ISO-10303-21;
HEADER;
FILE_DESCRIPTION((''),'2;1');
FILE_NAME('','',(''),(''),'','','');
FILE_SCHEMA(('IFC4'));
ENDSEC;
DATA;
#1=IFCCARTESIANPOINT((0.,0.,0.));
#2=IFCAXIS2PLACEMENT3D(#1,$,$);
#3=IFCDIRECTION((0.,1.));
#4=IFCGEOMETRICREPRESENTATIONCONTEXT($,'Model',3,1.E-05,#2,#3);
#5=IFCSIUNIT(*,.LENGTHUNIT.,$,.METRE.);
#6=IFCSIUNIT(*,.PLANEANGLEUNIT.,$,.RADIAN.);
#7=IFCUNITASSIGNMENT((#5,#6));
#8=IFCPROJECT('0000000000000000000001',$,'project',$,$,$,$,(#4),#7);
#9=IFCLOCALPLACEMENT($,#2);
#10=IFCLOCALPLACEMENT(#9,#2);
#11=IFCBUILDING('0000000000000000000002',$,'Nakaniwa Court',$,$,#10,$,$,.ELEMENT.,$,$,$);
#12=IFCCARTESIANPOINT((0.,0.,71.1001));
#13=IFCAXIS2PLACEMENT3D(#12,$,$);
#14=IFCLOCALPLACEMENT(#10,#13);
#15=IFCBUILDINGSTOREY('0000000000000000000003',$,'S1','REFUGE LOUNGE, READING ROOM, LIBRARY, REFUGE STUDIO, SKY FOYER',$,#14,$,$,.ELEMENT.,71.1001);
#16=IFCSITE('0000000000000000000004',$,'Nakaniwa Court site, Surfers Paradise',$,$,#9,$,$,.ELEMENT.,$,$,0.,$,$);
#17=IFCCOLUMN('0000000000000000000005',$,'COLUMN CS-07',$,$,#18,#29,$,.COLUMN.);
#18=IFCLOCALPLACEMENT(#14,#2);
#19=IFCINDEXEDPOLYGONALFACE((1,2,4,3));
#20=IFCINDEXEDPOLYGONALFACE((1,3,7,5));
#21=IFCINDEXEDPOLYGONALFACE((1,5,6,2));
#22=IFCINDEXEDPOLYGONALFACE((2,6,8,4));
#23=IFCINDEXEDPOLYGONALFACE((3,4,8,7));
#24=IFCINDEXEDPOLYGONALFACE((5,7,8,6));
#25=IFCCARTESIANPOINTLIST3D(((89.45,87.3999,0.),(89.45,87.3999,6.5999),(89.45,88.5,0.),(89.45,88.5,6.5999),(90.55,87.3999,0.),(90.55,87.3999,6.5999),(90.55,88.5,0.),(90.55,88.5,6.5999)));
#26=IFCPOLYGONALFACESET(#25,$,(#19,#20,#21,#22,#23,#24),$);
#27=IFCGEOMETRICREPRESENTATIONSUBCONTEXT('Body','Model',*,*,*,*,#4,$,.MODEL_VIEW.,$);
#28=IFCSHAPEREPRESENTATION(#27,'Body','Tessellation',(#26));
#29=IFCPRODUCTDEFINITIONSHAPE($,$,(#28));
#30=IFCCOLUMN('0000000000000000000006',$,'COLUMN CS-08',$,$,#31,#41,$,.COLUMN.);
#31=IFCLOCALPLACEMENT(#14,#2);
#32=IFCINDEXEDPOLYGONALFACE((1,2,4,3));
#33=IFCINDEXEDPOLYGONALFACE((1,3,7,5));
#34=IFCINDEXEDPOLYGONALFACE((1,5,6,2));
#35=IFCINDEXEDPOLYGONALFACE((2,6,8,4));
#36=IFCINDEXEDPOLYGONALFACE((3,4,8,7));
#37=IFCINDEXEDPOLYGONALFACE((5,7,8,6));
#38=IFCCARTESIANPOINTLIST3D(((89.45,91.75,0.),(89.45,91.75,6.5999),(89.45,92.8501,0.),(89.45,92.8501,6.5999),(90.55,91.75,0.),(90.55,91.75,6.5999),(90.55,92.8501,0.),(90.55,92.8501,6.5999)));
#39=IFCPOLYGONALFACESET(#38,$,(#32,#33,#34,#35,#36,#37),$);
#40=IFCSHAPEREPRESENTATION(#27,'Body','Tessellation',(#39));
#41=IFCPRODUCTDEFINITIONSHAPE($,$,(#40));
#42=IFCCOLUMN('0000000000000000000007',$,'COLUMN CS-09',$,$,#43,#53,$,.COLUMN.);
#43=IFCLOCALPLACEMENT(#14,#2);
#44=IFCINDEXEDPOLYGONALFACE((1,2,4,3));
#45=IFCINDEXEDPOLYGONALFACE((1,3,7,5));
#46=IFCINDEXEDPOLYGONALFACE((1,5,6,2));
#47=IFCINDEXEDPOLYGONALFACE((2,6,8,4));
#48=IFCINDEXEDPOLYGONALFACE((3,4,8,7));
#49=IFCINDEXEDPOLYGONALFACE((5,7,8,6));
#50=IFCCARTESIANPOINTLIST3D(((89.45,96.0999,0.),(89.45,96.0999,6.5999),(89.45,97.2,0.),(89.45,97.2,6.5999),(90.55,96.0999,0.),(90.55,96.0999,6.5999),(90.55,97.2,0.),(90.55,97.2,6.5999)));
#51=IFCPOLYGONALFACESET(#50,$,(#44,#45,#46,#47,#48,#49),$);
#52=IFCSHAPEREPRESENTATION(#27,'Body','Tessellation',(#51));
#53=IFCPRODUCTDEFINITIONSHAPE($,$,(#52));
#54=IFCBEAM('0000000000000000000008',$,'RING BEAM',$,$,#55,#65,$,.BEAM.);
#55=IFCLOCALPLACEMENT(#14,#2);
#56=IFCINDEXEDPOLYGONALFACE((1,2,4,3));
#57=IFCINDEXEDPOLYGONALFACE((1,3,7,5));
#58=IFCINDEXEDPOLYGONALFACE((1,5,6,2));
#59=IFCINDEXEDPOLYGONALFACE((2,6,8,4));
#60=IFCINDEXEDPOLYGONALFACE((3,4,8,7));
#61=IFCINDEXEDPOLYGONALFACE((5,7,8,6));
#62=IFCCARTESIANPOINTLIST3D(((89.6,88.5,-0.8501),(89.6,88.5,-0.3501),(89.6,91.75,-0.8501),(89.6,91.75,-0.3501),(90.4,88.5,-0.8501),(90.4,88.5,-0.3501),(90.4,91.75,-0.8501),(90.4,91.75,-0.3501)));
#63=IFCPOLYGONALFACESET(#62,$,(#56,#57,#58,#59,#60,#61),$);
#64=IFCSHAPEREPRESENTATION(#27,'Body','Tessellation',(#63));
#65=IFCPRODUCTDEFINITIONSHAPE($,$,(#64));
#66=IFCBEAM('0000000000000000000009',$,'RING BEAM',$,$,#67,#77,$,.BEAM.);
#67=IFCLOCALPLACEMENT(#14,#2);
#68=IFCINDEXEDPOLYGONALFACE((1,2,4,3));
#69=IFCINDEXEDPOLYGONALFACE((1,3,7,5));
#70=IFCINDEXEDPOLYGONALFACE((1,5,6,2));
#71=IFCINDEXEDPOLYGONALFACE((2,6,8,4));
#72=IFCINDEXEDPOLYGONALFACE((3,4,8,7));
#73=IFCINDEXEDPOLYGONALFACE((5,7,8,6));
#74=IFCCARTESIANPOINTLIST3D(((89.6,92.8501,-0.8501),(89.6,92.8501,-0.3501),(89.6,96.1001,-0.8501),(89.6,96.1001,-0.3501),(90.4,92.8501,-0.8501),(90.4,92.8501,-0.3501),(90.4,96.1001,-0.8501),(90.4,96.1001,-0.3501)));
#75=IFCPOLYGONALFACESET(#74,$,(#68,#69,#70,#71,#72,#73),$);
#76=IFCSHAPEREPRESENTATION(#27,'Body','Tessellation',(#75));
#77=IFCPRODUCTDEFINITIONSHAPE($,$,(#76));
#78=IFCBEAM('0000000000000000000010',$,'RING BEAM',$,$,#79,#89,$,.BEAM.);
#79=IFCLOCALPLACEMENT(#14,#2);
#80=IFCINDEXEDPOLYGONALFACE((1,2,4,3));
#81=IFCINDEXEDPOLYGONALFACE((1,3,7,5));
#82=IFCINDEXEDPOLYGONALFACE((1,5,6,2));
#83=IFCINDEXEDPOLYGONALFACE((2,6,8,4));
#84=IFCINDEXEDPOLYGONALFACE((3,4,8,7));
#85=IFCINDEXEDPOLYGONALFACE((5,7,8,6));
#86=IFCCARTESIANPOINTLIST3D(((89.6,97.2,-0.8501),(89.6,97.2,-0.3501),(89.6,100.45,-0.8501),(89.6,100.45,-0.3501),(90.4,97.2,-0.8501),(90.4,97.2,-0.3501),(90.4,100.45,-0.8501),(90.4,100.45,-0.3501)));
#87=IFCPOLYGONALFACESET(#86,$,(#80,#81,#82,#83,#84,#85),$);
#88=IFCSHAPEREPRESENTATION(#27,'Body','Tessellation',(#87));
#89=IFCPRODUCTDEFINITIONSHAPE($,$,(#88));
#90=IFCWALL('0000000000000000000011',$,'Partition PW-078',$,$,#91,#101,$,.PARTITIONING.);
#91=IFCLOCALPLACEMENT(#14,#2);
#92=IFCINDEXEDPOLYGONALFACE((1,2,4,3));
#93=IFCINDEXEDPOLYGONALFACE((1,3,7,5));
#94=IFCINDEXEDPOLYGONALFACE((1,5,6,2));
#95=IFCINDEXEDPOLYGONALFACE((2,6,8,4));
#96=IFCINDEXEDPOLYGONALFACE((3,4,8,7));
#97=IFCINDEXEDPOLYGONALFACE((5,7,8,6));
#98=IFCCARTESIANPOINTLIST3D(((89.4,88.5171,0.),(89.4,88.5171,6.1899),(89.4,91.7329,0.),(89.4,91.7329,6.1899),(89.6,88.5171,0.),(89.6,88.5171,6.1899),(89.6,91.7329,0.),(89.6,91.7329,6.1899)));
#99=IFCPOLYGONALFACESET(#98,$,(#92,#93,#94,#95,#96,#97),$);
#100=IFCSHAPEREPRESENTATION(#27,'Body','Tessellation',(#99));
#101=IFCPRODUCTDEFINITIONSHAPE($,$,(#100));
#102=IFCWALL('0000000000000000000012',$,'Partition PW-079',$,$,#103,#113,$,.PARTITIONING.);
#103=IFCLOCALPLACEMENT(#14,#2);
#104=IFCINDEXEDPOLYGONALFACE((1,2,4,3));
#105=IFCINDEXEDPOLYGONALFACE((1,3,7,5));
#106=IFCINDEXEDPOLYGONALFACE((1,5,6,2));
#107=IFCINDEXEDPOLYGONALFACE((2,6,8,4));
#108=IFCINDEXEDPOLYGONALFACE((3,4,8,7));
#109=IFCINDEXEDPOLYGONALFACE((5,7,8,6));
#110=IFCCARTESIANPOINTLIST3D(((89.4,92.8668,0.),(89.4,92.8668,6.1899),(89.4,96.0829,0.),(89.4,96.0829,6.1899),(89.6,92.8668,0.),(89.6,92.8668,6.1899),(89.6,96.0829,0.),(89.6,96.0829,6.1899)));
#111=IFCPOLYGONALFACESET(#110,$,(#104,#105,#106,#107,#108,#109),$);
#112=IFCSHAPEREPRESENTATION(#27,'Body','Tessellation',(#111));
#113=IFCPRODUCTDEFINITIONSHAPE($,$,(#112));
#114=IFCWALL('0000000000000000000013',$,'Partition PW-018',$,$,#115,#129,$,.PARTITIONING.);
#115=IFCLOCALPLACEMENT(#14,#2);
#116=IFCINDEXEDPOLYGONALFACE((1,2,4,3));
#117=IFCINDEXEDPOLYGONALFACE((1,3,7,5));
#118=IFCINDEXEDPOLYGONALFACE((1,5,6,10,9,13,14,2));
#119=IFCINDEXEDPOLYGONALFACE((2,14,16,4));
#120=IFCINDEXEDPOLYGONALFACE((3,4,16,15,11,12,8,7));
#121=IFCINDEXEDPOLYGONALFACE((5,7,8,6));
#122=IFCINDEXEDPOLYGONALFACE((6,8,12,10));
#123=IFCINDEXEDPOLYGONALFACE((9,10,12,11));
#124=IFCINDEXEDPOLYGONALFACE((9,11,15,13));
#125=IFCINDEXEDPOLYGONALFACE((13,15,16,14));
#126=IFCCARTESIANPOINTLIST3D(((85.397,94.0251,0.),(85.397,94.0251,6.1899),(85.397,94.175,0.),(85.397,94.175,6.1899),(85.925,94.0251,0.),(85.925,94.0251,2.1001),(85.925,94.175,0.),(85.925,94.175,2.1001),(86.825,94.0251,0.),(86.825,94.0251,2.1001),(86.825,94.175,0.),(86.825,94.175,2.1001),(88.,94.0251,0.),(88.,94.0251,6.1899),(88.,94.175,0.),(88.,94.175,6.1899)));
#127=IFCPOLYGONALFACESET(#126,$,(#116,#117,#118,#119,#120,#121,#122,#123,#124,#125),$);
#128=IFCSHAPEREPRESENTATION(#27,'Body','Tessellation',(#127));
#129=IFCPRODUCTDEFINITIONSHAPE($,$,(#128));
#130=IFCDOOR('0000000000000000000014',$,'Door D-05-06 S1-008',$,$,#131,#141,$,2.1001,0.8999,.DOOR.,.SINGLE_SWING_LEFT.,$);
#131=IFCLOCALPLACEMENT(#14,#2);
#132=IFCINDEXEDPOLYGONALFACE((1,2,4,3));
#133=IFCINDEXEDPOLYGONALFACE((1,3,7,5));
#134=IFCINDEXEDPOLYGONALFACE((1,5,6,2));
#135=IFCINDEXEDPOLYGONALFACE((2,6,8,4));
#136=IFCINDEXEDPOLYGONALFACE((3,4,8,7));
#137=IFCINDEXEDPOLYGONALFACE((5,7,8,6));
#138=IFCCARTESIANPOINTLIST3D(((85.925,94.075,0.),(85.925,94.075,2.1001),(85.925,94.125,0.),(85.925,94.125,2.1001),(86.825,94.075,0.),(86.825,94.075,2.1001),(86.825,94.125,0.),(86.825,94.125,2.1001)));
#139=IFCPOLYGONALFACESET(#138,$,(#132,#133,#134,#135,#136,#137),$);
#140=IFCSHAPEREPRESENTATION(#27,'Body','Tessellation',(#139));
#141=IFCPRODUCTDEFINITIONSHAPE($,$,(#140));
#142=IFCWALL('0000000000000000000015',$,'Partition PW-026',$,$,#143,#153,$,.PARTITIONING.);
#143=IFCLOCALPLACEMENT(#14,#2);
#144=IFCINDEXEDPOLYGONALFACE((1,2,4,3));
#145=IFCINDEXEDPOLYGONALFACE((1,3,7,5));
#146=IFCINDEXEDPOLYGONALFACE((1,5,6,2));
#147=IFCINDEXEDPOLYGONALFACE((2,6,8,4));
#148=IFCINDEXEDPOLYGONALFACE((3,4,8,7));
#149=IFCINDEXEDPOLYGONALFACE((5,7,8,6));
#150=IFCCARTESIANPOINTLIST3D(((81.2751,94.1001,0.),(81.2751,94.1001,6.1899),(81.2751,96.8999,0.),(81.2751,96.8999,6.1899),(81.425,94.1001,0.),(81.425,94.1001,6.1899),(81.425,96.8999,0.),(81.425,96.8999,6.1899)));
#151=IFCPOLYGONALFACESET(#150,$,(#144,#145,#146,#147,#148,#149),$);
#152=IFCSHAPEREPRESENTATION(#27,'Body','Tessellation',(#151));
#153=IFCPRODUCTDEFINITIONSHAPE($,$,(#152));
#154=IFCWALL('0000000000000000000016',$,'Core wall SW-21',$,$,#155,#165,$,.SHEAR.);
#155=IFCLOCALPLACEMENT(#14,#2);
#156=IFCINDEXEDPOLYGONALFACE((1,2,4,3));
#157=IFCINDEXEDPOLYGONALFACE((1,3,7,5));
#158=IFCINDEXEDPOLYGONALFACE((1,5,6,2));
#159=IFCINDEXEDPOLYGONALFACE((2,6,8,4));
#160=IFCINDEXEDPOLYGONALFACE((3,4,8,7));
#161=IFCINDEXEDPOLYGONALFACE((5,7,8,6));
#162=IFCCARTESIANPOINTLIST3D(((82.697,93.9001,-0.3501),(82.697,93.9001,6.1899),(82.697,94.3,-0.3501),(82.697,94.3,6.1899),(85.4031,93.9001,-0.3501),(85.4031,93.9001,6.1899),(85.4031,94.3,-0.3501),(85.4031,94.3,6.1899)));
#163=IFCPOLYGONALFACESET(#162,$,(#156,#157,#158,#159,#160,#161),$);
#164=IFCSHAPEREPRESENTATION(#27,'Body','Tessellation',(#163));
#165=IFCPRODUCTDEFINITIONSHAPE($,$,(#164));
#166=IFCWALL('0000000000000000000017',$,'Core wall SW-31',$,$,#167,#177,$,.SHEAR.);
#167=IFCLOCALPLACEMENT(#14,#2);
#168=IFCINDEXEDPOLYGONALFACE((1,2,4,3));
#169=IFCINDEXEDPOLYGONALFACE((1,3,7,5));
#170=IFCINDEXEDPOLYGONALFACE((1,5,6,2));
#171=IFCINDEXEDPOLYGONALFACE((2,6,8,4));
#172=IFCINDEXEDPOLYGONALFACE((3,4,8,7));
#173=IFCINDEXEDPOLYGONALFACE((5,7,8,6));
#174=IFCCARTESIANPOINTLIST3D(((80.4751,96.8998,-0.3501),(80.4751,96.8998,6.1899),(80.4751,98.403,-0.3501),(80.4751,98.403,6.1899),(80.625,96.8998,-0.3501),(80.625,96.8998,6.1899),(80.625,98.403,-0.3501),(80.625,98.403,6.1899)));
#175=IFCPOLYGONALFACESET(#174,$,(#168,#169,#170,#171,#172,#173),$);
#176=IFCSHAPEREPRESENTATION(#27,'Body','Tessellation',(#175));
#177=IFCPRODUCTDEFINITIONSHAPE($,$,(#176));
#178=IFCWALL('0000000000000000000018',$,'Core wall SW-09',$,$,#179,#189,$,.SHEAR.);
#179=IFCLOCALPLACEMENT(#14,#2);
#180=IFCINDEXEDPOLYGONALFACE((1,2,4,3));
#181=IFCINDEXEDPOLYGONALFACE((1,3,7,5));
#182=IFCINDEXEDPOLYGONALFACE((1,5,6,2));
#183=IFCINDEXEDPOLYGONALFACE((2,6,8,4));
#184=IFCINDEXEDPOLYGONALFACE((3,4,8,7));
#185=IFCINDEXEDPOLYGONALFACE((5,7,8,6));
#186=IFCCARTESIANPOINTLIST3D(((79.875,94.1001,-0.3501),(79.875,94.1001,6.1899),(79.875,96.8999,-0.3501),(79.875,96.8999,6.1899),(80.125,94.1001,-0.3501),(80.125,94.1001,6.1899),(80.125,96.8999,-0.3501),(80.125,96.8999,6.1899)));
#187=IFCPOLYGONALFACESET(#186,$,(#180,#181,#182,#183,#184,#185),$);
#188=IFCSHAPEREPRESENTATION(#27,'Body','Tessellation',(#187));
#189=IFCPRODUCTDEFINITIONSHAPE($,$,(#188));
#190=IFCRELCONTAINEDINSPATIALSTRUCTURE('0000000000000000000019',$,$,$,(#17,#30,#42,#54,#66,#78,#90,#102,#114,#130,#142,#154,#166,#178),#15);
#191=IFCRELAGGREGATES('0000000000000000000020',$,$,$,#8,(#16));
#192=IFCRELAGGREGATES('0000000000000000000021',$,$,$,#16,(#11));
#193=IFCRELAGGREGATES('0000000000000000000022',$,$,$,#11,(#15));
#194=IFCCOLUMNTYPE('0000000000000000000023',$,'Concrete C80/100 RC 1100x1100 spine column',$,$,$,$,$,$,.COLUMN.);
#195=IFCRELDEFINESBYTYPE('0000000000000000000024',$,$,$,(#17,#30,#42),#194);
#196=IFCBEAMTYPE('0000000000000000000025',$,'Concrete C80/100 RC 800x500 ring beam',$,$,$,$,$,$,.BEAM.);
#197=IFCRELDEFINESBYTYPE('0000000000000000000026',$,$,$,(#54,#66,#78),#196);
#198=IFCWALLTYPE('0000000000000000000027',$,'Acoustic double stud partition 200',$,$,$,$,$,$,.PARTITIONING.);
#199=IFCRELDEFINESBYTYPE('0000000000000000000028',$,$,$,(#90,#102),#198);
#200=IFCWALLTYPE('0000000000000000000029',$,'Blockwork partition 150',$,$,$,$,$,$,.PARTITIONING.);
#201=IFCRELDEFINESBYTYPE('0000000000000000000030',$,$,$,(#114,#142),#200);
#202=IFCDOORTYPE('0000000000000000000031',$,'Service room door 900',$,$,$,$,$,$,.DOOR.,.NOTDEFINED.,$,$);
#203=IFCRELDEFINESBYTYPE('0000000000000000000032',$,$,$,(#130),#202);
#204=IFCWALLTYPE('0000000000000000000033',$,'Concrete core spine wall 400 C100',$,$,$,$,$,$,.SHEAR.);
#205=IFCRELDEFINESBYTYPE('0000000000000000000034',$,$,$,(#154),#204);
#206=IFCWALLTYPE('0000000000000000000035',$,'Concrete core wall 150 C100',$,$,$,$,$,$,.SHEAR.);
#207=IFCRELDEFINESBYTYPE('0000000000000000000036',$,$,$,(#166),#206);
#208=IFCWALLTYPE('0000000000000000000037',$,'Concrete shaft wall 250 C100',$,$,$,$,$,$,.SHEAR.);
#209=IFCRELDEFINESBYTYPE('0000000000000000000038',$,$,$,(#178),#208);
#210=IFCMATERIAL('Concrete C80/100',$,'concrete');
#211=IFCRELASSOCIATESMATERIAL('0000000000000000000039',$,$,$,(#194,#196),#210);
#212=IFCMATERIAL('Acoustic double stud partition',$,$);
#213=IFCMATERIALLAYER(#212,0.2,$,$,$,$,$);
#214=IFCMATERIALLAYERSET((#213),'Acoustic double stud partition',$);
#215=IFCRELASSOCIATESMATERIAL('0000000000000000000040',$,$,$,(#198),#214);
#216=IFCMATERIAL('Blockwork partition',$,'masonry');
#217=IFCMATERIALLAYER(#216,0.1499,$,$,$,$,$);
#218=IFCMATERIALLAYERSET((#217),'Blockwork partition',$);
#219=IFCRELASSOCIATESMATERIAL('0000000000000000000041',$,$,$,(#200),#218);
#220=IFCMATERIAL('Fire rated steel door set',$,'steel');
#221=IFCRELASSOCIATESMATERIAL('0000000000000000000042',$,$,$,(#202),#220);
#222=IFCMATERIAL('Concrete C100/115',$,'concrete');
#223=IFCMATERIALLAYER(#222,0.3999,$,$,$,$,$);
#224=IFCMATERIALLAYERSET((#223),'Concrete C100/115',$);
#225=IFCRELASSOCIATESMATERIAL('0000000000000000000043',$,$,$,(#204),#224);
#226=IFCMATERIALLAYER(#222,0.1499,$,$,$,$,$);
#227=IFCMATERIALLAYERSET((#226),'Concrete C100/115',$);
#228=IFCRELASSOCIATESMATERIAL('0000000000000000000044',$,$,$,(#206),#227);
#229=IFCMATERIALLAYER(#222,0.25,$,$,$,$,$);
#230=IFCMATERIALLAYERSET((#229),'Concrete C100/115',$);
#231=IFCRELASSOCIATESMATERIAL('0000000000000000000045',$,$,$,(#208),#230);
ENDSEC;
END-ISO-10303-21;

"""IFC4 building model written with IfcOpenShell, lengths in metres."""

from ifc_helpers import new_model, si_unit, direction, frame, frame_2d, origin, origin_2d, place, context, subcontext, project, spatial, rectangle, extrude, material, layer, layer_set, material_profile, profile_set, type_object, element, fill, save


model = new_model("IFC4")

# Units and contexts
model_context = context("Model", 3, precision=1e-05, world=origin(), true_north=direction((0.0, 1.0)))
body_context = subcontext(model_context, "Body", "Model", "MODEL_VIEW")
ifc_project = project(units=[si_unit("LENGTHUNIT", "METRE"), si_unit("PLANEANGLEUNIT", "RADIAN")], contexts=[model_context])

# Site, building, storey
site_placement = place(None, origin())
site = spatial("IfcSite", under=ifc_project, at=site_placement, Name="Nakaniwa Court site, Surfers Paradise", CompositionType="ELEMENT", RefElevation=0.0)
building_placement = place(site_placement, origin())
building = spatial("IfcBuilding", under=site, at=building_placement, Name="Nakaniwa Court", CompositionType="ELEMENT")
storey_placement = place(building_placement, frame((0.0, 0.0, 71.1001)))
storey = spatial("IfcBuildingStorey", under=building, at=storey_placement, Name="S1", Description="REFUGE LOUNGE, READING ROOM, LIBRARY, REFUGE STUDIO, SKY FOYER", CompositionType="ELEMENT", Elevation=71.1001)

# Columns
ifc_material_1 = material(Name="Concrete C80/100", Category="concrete")
ifc_material_profile_1 = material_profile(ifc_material_1, rectangle(XDim=1.1001, YDim=1.1001, at=origin_2d()), Name="Concrete C80/100 RC 1100x1100 spine column")
ifc_profile_set_1 = profile_set([ifc_material_profile_1], Name="Concrete C80/100")
column_type = type_object("IfcColumnType", Name="Concrete C80/100 RC 1100x1100 spine column", PredefinedType="COLUMN", material=ifc_profile_set_1)
for number, where, z_axis, x_axis, name in (
    (1, (90.0, 87.95, 0.0), (0.0, 0.0, 1.0), (0.0, 1.0, 0.0), "COLUMN CS-07"),
    (2, (90.0, 92.3, 0.0), (0.0, 0.0, 1.0), (0.0, 1.0, 0.0), "COLUMN CS-08"),
    (3, (90.0, 96.6499, 0.0), (0.0, 0.0, 1.0), (0.0, 1.0, 0.0), "COLUMN CS-09"),
):
    element("IfcColumn", number, at=place(storey_placement, frame(where, z_axis=z_axis, x_axis=x_axis)), inside=storey, type_object=column_type, Name=name, PredefinedType="COLUMN", context=body_context, shape_type="SweptSolid", body=[
        extrude(rectangle(XDim=1.1001, YDim=1.1001, at=origin_2d()), origin(), (0.0, 0.0, 1.0), 6.5999),
    ])

# Beams
ifc_material_profile_2 = material_profile(ifc_material_1, rectangle(XDim=0.8, YDim=0.5, at=origin_2d()), Name="Concrete C80/100 RC 800x500 ring beam")
ifc_profile_set_2 = profile_set([ifc_material_profile_2], Name="Concrete C80/100")
beam_type = type_object("IfcBeamType", Name="Concrete C80/100 RC 800x500 ring beam", PredefinedType="BEAM", material=ifc_profile_set_2)
for number, where, z_axis, x_axis, name in (
    (4, (90.0, 88.5, -0.6001), (0.0, 1.0, 0.0), (-1.0, 0.0, 0.0), "RING BEAM"),
    (5, (90.0, 92.8501, -0.6001), (0.0, 1.0, 0.0), (-1.0, 0.0, 0.0), "RING BEAM"),
    (6, (90.0, 97.2, -0.6001), (0.0, 1.0, 0.0), (-1.0, 0.0, 0.0), "RING BEAM"),
):
    element("IfcBeam", number, at=place(storey_placement, frame(where, z_axis=z_axis, x_axis=x_axis)), inside=storey, type_object=beam_type, Name=name, PredefinedType="BEAM", context=body_context, shape_type="SweptSolid", body=[
        extrude(rectangle(XDim=0.8, YDim=0.5, at=origin_2d()), origin(), (0.0, 0.0, 1.0), 3.25),
    ])

# Walls
ifc_material_2 = material(Name="Acoustic double stud partition")
ifc_layer_1 = layer(ifc_material_2, 0.2)
ifc_layer_set_1 = layer_set([ifc_layer_1], Name="Acoustic double stud partition")
wall_type_1 = type_object("IfcWallType", Name="Acoustic double stud partition 200", PredefinedType="PARTITIONING", material=ifc_layer_set_1)
wall_1_placement = place(storey_placement, frame((89.5, 88.5171, 0.0), z_axis=(0.0, 0.0, 1.0), x_axis=(0.0, 1.0, 0.0)))
element("IfcWall", 7, at=wall_1_placement, inside=storey, type_object=wall_type_1, Name="Partition PW-078", PredefinedType="PARTITIONING", context=body_context, shape_type="SweptSolid", body=[
    extrude(rectangle(XDim=3.2158, YDim=0.2, at=frame_2d((1.6079, 0.0))), origin(), (0.0, 0.0, 1.0), 6.1899),
])
wall_2_placement = place(storey_placement, frame((89.5, 92.8669, 0.0), z_axis=(0.0, 0.0, 1.0), x_axis=(0.0, 1.0, 0.0)))
element("IfcWall", 8, at=wall_2_placement, inside=storey, type_object=wall_type_1, Name="Partition PW-079", PredefinedType="PARTITIONING", context=body_context, shape_type="SweptSolid", body=[
    extrude(rectangle(XDim=3.2161, YDim=0.2, at=frame_2d((1.6079, 0.0))), origin(), (0.0, 0.0, 1.0), 6.1899),
])

# Wall, opening, door
ifc_material_3 = material(Name="Blockwork partition", Category="masonry")
ifc_layer_2 = layer(ifc_material_3, 0.1499)
ifc_layer_set_2 = layer_set([ifc_layer_2], Name="Blockwork partition")
wall_type_2 = type_object("IfcWallType", Name="Blockwork partition 150", PredefinedType="PARTITIONING", material=ifc_layer_set_2)
wall_3_placement = place(storey_placement, frame((85.397, 94.1001, 0.0), z_axis=(0.0, 0.0, 1.0), x_axis=(1.0, 0.0, 0.0)))
wall_3 = element("IfcWall", 9, at=wall_3_placement, inside=storey, type_object=wall_type_2, Name="Partition PW-018", PredefinedType="PARTITIONING", context=body_context, shape_type="SweptSolid", body=[
    extrude(rectangle(XDim=2.603, YDim=0.1499, at=frame_2d((1.3015, 0.0))), origin(), (0.0, 0.0, 1.0), 6.1899),
])
opening_1_placement = place(wall_3_placement, frame((0.5281, 0.0, 0.0)))
opening_1 = element("IfcOpeningElement", 10, at=opening_1_placement, cuts=wall_3, PredefinedType="OPENING", context=body_context, shape_type="SweptSolid", body=[
    extrude(rectangle(XDim=0.8999, YDim=2.1001, at=frame_2d((0.45, 1.05))), frame((0.0, 0.085, 0.0), z_axis=(0.0, -1.0, 0.0), x_axis=(1.0, 0.0, 0.0)), (0.0, 0.0, 1.0), 0.1699),
])
ifc_material_4 = material(Name="Fire rated steel door set", Category="steel")
door_type_1 = type_object("IfcDoorType", Name="Service room door 900", OperationType="NOTDEFINED", PredefinedType="DOOR", material=ifc_material_4)
door_1_placement = place(opening_1_placement, origin())
door_1 = element("IfcDoor", 11, at=door_1_placement, inside=storey, type_object=door_type_1, Name="Door D-05-06 S1-008", OperationType="SINGLE_SWING_LEFT", OverallHeight=2.1001, OverallWidth=0.8999, PredefinedType="DOOR", context=body_context, shape_type="SweptSolid", body=[
    extrude(rectangle(XDim=0.8999, YDim=2.1001, at=frame_2d((0.45, 1.05))), frame((0.0, 0.0249, 0.0), z_axis=(0.0, -1.0, 0.0), x_axis=(1.0, 0.0, 0.0)), (0.0, 0.0, 1.0), 0.05),
])
fill(opening_1, door_1)

# Walls
wall_4_placement = place(storey_placement, frame((81.3501, 94.1001, 0.0), z_axis=(0.0, 0.0, 1.0), x_axis=(0.0, 1.0, 0.0)))
element("IfcWall", 12, at=wall_4_placement, inside=storey, type_object=wall_type_2, Name="Partition PW-026", PredefinedType="PARTITIONING", context=body_context, shape_type="SweptSolid", body=[
    extrude(rectangle(XDim=2.7998, YDim=0.1499, at=frame_2d((1.3999, 0.0))), origin(), (0.0, 0.0, 1.0), 6.1899),
])
ifc_material_5 = material(Name="Concrete C100/115", Category="concrete")
ifc_layer_3 = layer(ifc_material_5, 0.3999)
ifc_layer_set_3 = layer_set([ifc_layer_3], Name="Concrete C100/115")
wall_type_3 = type_object("IfcWallType", Name="Concrete core spine wall 400 C100", PredefinedType="SHEAR", material=ifc_layer_set_3)
wall_5_placement = place(storey_placement, frame((82.697, 94.1001, -0.3501), z_axis=(0.0, 0.0, 1.0), x_axis=(1.0, 0.0, 0.0)))
element("IfcWall", 13, at=wall_5_placement, inside=storey, type_object=wall_type_3, Name="Core wall SW-21", PredefinedType="SHEAR", context=body_context, shape_type="SweptSolid", body=[
    extrude(rectangle(XDim=2.7061, YDim=0.3999, at=frame_2d((1.353, 0.0))), origin(), (0.0, 0.0, 1.0), 6.54),
])
ifc_layer_4 = layer(ifc_material_5, 0.1499)
ifc_layer_set_4 = layer_set([ifc_layer_4], Name="Concrete C100/115")
wall_type_4 = type_object("IfcWallType", Name="Concrete core wall 150 C100", PredefinedType="SHEAR", material=ifc_layer_set_4)
wall_6_placement = place(storey_placement, frame((80.55, 96.8999, -0.3501), z_axis=(0.0, 0.0, 1.0), x_axis=(0.0, 1.0, 0.0)))
element("IfcWall", 14, at=wall_6_placement, inside=storey, type_object=wall_type_4, Name="Core wall SW-31", PredefinedType="SHEAR", context=body_context, shape_type="SweptSolid", body=[
    extrude(rectangle(XDim=1.5032, YDim=0.1499, at=frame_2d((0.7515, 0.0))), origin(), (0.0, 0.0, 1.0), 6.54),
])
ifc_layer_5 = layer(ifc_material_5, 0.25)
ifc_layer_set_5 = layer_set([ifc_layer_5], Name="Concrete C100/115")
wall_type_5 = type_object("IfcWallType", Name="Concrete shaft wall 250 C100", PredefinedType="SHEAR", material=ifc_layer_set_5)
for number, where, z_axis, x_axis, name in (
    (15, (80.0, 94.1001, -0.3501), (0.0, 0.0, 1.0), (0.0, 1.0, 0.0), "Core wall SW-09"),
):
    element("IfcWall", number, at=place(storey_placement, frame(where, z_axis=z_axis, x_axis=x_axis)), inside=storey, type_object=wall_type_5, Name=name, PredefinedType="SHEAR", context=body_context, shape_type="SweptSolid", body=[
        extrude(rectangle(XDim=2.7998, YDim=0.25, at=frame_2d((1.3999, 0.0))), origin(), (0.0, 0.0, 1.0), 6.54),
    ])

save(model, "model.ifc")
